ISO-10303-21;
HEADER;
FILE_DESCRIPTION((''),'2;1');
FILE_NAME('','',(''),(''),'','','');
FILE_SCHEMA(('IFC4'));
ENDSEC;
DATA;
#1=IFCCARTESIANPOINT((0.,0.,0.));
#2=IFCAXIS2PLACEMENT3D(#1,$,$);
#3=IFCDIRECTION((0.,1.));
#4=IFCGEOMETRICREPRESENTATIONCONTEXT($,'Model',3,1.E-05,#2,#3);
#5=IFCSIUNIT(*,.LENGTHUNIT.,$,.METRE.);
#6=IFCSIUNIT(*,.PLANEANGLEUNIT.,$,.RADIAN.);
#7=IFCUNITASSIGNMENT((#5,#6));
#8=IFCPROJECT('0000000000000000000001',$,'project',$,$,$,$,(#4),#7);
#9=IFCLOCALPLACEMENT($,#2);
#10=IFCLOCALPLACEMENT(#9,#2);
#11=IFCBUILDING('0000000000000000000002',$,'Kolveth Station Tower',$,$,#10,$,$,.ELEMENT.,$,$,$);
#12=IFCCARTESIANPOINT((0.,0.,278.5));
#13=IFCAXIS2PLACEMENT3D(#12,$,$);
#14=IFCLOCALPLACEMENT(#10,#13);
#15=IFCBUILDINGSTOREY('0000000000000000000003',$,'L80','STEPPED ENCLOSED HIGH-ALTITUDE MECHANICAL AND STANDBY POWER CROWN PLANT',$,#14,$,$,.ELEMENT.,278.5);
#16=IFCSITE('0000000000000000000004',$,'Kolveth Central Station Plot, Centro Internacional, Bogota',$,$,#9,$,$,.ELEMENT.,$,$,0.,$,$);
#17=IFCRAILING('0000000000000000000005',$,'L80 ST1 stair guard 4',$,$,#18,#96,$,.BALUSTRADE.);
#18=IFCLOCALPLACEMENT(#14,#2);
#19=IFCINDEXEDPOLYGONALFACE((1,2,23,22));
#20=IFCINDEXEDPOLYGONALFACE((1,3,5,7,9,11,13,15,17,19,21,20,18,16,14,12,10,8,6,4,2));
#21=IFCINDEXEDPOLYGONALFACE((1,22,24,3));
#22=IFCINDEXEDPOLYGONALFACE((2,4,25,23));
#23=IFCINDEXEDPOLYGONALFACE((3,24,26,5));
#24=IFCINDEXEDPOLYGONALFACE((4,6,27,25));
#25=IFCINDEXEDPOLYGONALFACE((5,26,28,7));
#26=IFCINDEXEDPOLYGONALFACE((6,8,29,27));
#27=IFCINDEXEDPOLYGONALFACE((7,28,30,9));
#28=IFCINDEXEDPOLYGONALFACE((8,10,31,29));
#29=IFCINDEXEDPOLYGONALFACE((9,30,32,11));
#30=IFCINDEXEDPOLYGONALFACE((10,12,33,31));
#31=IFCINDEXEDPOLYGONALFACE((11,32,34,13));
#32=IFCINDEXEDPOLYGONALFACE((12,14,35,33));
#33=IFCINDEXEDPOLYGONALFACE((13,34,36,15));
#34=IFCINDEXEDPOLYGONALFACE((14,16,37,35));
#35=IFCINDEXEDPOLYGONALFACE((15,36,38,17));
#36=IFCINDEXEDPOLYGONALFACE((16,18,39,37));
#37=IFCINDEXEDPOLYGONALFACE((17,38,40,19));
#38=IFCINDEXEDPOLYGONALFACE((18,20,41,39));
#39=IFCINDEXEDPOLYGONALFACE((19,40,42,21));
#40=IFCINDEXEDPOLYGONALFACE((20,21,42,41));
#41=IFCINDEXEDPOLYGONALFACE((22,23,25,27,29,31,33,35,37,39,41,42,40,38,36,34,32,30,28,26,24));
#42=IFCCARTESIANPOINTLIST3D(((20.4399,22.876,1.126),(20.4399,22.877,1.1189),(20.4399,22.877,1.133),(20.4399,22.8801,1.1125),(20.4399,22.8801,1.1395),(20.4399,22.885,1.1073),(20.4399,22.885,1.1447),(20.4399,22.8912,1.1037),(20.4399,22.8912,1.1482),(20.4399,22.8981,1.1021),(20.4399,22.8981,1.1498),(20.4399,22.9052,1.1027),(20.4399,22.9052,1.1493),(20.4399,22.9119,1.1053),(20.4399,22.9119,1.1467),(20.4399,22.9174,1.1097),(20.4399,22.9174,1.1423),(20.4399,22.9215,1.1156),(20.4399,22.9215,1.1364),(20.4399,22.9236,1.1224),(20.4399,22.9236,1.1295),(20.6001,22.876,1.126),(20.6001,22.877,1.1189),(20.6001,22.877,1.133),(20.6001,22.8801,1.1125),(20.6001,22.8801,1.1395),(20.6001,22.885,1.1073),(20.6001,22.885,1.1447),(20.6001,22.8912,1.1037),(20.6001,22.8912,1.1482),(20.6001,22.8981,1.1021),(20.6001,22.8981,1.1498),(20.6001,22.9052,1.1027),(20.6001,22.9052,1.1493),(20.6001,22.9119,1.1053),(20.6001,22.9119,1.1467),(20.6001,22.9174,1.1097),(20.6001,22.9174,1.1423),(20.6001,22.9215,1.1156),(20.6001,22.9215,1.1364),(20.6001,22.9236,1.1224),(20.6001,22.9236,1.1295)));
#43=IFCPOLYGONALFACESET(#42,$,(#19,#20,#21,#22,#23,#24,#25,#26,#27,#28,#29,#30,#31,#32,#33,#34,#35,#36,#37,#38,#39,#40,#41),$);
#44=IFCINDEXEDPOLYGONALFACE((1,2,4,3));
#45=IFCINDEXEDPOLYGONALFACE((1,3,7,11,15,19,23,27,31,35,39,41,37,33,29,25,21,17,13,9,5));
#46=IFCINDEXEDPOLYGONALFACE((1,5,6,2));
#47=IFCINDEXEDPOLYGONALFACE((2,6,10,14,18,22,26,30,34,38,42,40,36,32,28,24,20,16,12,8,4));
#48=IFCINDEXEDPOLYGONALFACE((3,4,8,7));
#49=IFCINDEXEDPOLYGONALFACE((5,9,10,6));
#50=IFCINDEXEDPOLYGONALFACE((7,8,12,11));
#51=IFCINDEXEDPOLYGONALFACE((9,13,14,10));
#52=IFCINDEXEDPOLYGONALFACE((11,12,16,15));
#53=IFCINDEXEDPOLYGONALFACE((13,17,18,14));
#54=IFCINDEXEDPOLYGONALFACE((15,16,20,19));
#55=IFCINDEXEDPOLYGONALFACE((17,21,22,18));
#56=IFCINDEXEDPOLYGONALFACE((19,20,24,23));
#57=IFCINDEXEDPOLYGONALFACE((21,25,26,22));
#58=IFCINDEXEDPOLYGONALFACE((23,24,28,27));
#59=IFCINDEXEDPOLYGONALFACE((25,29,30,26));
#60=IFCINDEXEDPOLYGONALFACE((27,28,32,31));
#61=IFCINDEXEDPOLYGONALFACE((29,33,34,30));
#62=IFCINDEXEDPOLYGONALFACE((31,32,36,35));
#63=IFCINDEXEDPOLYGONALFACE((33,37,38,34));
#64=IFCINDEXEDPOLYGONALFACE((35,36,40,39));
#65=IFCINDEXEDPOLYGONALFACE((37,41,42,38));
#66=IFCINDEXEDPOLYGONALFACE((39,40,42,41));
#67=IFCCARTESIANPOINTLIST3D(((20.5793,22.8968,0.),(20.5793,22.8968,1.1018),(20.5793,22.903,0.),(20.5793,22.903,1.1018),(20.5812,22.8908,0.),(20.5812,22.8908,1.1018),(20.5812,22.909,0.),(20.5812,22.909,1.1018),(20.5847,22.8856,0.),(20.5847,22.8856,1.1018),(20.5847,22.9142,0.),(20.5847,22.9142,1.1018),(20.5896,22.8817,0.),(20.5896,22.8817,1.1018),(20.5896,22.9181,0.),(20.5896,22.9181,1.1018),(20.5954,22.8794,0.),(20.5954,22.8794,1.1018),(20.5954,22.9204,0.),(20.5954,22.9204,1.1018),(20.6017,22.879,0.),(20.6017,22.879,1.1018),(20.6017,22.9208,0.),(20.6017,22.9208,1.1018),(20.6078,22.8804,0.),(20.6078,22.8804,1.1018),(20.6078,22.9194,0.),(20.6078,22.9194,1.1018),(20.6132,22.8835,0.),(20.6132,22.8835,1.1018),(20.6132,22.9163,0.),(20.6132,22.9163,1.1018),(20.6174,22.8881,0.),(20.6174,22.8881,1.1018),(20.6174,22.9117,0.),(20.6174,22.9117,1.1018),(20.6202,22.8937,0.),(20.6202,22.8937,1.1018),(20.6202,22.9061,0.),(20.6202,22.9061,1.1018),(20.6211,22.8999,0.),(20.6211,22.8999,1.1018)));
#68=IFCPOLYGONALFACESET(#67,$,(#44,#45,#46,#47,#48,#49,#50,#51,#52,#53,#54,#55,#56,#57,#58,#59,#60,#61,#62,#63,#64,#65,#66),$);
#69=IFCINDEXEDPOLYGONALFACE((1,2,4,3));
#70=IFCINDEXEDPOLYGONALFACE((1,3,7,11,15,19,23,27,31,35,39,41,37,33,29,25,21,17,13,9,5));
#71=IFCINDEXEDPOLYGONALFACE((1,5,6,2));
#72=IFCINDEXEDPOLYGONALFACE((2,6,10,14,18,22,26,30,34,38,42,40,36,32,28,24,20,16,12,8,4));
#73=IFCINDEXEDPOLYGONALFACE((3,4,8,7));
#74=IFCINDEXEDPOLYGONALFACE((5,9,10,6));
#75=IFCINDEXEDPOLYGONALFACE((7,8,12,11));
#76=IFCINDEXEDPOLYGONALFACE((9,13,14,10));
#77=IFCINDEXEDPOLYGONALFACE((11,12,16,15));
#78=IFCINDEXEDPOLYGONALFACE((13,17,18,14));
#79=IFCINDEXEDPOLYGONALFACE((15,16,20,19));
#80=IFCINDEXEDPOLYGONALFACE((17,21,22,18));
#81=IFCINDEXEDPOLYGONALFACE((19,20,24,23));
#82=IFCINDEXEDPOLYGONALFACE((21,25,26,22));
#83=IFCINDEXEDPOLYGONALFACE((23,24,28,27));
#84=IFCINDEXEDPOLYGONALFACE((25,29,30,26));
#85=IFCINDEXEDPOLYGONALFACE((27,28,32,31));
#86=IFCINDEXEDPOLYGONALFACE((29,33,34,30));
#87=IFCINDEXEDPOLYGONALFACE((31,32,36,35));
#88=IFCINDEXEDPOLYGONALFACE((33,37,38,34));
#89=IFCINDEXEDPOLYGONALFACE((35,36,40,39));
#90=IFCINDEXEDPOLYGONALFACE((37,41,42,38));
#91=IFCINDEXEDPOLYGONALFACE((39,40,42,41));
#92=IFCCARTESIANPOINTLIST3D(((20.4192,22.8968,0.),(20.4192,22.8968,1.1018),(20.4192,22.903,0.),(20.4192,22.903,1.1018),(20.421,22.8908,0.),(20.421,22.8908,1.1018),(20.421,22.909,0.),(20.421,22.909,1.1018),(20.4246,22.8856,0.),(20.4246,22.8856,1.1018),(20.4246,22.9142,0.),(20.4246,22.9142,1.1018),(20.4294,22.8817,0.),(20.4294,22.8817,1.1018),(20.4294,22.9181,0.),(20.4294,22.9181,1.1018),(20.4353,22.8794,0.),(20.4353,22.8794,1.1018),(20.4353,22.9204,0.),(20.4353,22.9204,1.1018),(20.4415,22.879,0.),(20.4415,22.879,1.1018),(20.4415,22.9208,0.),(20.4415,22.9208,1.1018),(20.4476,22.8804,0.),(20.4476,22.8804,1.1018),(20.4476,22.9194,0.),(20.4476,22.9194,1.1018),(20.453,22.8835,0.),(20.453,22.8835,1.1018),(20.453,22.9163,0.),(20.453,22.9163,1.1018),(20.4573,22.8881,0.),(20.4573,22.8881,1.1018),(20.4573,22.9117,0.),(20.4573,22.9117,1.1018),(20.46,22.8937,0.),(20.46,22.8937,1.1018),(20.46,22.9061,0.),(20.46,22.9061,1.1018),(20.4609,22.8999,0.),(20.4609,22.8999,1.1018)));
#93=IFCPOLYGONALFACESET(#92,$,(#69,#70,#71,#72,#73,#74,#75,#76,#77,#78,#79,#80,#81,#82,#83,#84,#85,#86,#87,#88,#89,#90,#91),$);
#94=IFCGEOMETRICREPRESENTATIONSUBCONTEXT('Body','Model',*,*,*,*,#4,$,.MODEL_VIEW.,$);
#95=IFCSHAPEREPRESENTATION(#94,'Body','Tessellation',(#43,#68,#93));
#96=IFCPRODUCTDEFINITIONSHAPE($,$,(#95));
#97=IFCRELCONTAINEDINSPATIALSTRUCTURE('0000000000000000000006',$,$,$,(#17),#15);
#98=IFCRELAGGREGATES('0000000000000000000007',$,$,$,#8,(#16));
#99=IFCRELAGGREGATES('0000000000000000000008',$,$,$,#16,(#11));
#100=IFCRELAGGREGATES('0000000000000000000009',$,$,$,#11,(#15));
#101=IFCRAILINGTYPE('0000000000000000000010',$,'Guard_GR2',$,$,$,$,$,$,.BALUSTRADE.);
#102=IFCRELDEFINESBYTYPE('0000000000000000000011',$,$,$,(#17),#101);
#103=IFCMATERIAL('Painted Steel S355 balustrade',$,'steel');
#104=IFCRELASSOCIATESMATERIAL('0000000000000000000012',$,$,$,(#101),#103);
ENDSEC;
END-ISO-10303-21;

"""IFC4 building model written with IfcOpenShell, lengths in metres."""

from ifc_helpers import new_model, si_unit, direction, frame, origin, origin_2d, place, context, subcontext, project, spatial, circle, extrude, material, type_object, element, save


model = new_model("IFC4")

# Units and contexts
model_context = context("Model", 3, precision=1e-05, world=origin(), true_north=direction((0.0, 1.0)))
body_context = subcontext(model_context, "Body", "Model", "MODEL_VIEW")
ifc_project = project(units=[si_unit("LENGTHUNIT", "METRE"), si_unit("PLANEANGLEUNIT", "RADIAN")], contexts=[model_context])

# Site, building, storey
site_placement = place(None, origin())
site = spatial("IfcSite", under=ifc_project, at=site_placement, Name="Kolveth Central Station Plot, Centro Internacional, Bogota", CompositionType="ELEMENT", RefElevation=0.0)
building_placement = place(site_placement, origin())
building = spatial("IfcBuilding", under=site, at=building_placement, Name="Kolveth Station Tower", CompositionType="ELEMENT")
storey_placement = place(building_placement, frame((0.0, 0.0, 278.5)))
storey = spatial("IfcBuildingStorey", under=building, at=storey_placement, Name="L80", Description="STEPPED ENCLOSED HIGH-ALTITUDE MECHANICAL AND STANDBY POWER CROWN PLANT", CompositionType="ELEMENT", Elevation=278.5)

# Railing
ifc_material_1 = material(Name="Painted Steel S355 balustrade", Category="steel")
railing_type_1 = type_object("IfcRailingType", Name="Guard_GR2", PredefinedType="BALUSTRADE", material=ifc_material_1)
railing_1_placement = place(storey_placement, frame((20.6001, 22.8999, 0.0)))
element("IfcRailing", 1, at=railing_1_placement, inside=storey, type_object=railing_type_1, Name="L80 ST1 stair guard 4", PredefinedType="BALUSTRADE", context=body_context, shape_type="SweptSolid", body=[
    extrude(circle(Radius=0.0239, at=origin_2d()), frame((0.0, 0.0, 1.126), z_axis=(-1.0, 0.0, 0.0), x_axis=(0.0, -1.0, 0.0)), (0.0, 0.0, 1.0), 0.1602),
    extrude(circle(Radius=0.021, at=origin_2d()), origin(), (0.0, 0.0, 1.0), 1.1018),
    extrude(circle(Radius=0.021, at=origin_2d()), frame((-0.1602, 0.0, 0.0)), (0.0, 0.0, 1.0), 1.1018),
])

save(model, "model.ifc")
